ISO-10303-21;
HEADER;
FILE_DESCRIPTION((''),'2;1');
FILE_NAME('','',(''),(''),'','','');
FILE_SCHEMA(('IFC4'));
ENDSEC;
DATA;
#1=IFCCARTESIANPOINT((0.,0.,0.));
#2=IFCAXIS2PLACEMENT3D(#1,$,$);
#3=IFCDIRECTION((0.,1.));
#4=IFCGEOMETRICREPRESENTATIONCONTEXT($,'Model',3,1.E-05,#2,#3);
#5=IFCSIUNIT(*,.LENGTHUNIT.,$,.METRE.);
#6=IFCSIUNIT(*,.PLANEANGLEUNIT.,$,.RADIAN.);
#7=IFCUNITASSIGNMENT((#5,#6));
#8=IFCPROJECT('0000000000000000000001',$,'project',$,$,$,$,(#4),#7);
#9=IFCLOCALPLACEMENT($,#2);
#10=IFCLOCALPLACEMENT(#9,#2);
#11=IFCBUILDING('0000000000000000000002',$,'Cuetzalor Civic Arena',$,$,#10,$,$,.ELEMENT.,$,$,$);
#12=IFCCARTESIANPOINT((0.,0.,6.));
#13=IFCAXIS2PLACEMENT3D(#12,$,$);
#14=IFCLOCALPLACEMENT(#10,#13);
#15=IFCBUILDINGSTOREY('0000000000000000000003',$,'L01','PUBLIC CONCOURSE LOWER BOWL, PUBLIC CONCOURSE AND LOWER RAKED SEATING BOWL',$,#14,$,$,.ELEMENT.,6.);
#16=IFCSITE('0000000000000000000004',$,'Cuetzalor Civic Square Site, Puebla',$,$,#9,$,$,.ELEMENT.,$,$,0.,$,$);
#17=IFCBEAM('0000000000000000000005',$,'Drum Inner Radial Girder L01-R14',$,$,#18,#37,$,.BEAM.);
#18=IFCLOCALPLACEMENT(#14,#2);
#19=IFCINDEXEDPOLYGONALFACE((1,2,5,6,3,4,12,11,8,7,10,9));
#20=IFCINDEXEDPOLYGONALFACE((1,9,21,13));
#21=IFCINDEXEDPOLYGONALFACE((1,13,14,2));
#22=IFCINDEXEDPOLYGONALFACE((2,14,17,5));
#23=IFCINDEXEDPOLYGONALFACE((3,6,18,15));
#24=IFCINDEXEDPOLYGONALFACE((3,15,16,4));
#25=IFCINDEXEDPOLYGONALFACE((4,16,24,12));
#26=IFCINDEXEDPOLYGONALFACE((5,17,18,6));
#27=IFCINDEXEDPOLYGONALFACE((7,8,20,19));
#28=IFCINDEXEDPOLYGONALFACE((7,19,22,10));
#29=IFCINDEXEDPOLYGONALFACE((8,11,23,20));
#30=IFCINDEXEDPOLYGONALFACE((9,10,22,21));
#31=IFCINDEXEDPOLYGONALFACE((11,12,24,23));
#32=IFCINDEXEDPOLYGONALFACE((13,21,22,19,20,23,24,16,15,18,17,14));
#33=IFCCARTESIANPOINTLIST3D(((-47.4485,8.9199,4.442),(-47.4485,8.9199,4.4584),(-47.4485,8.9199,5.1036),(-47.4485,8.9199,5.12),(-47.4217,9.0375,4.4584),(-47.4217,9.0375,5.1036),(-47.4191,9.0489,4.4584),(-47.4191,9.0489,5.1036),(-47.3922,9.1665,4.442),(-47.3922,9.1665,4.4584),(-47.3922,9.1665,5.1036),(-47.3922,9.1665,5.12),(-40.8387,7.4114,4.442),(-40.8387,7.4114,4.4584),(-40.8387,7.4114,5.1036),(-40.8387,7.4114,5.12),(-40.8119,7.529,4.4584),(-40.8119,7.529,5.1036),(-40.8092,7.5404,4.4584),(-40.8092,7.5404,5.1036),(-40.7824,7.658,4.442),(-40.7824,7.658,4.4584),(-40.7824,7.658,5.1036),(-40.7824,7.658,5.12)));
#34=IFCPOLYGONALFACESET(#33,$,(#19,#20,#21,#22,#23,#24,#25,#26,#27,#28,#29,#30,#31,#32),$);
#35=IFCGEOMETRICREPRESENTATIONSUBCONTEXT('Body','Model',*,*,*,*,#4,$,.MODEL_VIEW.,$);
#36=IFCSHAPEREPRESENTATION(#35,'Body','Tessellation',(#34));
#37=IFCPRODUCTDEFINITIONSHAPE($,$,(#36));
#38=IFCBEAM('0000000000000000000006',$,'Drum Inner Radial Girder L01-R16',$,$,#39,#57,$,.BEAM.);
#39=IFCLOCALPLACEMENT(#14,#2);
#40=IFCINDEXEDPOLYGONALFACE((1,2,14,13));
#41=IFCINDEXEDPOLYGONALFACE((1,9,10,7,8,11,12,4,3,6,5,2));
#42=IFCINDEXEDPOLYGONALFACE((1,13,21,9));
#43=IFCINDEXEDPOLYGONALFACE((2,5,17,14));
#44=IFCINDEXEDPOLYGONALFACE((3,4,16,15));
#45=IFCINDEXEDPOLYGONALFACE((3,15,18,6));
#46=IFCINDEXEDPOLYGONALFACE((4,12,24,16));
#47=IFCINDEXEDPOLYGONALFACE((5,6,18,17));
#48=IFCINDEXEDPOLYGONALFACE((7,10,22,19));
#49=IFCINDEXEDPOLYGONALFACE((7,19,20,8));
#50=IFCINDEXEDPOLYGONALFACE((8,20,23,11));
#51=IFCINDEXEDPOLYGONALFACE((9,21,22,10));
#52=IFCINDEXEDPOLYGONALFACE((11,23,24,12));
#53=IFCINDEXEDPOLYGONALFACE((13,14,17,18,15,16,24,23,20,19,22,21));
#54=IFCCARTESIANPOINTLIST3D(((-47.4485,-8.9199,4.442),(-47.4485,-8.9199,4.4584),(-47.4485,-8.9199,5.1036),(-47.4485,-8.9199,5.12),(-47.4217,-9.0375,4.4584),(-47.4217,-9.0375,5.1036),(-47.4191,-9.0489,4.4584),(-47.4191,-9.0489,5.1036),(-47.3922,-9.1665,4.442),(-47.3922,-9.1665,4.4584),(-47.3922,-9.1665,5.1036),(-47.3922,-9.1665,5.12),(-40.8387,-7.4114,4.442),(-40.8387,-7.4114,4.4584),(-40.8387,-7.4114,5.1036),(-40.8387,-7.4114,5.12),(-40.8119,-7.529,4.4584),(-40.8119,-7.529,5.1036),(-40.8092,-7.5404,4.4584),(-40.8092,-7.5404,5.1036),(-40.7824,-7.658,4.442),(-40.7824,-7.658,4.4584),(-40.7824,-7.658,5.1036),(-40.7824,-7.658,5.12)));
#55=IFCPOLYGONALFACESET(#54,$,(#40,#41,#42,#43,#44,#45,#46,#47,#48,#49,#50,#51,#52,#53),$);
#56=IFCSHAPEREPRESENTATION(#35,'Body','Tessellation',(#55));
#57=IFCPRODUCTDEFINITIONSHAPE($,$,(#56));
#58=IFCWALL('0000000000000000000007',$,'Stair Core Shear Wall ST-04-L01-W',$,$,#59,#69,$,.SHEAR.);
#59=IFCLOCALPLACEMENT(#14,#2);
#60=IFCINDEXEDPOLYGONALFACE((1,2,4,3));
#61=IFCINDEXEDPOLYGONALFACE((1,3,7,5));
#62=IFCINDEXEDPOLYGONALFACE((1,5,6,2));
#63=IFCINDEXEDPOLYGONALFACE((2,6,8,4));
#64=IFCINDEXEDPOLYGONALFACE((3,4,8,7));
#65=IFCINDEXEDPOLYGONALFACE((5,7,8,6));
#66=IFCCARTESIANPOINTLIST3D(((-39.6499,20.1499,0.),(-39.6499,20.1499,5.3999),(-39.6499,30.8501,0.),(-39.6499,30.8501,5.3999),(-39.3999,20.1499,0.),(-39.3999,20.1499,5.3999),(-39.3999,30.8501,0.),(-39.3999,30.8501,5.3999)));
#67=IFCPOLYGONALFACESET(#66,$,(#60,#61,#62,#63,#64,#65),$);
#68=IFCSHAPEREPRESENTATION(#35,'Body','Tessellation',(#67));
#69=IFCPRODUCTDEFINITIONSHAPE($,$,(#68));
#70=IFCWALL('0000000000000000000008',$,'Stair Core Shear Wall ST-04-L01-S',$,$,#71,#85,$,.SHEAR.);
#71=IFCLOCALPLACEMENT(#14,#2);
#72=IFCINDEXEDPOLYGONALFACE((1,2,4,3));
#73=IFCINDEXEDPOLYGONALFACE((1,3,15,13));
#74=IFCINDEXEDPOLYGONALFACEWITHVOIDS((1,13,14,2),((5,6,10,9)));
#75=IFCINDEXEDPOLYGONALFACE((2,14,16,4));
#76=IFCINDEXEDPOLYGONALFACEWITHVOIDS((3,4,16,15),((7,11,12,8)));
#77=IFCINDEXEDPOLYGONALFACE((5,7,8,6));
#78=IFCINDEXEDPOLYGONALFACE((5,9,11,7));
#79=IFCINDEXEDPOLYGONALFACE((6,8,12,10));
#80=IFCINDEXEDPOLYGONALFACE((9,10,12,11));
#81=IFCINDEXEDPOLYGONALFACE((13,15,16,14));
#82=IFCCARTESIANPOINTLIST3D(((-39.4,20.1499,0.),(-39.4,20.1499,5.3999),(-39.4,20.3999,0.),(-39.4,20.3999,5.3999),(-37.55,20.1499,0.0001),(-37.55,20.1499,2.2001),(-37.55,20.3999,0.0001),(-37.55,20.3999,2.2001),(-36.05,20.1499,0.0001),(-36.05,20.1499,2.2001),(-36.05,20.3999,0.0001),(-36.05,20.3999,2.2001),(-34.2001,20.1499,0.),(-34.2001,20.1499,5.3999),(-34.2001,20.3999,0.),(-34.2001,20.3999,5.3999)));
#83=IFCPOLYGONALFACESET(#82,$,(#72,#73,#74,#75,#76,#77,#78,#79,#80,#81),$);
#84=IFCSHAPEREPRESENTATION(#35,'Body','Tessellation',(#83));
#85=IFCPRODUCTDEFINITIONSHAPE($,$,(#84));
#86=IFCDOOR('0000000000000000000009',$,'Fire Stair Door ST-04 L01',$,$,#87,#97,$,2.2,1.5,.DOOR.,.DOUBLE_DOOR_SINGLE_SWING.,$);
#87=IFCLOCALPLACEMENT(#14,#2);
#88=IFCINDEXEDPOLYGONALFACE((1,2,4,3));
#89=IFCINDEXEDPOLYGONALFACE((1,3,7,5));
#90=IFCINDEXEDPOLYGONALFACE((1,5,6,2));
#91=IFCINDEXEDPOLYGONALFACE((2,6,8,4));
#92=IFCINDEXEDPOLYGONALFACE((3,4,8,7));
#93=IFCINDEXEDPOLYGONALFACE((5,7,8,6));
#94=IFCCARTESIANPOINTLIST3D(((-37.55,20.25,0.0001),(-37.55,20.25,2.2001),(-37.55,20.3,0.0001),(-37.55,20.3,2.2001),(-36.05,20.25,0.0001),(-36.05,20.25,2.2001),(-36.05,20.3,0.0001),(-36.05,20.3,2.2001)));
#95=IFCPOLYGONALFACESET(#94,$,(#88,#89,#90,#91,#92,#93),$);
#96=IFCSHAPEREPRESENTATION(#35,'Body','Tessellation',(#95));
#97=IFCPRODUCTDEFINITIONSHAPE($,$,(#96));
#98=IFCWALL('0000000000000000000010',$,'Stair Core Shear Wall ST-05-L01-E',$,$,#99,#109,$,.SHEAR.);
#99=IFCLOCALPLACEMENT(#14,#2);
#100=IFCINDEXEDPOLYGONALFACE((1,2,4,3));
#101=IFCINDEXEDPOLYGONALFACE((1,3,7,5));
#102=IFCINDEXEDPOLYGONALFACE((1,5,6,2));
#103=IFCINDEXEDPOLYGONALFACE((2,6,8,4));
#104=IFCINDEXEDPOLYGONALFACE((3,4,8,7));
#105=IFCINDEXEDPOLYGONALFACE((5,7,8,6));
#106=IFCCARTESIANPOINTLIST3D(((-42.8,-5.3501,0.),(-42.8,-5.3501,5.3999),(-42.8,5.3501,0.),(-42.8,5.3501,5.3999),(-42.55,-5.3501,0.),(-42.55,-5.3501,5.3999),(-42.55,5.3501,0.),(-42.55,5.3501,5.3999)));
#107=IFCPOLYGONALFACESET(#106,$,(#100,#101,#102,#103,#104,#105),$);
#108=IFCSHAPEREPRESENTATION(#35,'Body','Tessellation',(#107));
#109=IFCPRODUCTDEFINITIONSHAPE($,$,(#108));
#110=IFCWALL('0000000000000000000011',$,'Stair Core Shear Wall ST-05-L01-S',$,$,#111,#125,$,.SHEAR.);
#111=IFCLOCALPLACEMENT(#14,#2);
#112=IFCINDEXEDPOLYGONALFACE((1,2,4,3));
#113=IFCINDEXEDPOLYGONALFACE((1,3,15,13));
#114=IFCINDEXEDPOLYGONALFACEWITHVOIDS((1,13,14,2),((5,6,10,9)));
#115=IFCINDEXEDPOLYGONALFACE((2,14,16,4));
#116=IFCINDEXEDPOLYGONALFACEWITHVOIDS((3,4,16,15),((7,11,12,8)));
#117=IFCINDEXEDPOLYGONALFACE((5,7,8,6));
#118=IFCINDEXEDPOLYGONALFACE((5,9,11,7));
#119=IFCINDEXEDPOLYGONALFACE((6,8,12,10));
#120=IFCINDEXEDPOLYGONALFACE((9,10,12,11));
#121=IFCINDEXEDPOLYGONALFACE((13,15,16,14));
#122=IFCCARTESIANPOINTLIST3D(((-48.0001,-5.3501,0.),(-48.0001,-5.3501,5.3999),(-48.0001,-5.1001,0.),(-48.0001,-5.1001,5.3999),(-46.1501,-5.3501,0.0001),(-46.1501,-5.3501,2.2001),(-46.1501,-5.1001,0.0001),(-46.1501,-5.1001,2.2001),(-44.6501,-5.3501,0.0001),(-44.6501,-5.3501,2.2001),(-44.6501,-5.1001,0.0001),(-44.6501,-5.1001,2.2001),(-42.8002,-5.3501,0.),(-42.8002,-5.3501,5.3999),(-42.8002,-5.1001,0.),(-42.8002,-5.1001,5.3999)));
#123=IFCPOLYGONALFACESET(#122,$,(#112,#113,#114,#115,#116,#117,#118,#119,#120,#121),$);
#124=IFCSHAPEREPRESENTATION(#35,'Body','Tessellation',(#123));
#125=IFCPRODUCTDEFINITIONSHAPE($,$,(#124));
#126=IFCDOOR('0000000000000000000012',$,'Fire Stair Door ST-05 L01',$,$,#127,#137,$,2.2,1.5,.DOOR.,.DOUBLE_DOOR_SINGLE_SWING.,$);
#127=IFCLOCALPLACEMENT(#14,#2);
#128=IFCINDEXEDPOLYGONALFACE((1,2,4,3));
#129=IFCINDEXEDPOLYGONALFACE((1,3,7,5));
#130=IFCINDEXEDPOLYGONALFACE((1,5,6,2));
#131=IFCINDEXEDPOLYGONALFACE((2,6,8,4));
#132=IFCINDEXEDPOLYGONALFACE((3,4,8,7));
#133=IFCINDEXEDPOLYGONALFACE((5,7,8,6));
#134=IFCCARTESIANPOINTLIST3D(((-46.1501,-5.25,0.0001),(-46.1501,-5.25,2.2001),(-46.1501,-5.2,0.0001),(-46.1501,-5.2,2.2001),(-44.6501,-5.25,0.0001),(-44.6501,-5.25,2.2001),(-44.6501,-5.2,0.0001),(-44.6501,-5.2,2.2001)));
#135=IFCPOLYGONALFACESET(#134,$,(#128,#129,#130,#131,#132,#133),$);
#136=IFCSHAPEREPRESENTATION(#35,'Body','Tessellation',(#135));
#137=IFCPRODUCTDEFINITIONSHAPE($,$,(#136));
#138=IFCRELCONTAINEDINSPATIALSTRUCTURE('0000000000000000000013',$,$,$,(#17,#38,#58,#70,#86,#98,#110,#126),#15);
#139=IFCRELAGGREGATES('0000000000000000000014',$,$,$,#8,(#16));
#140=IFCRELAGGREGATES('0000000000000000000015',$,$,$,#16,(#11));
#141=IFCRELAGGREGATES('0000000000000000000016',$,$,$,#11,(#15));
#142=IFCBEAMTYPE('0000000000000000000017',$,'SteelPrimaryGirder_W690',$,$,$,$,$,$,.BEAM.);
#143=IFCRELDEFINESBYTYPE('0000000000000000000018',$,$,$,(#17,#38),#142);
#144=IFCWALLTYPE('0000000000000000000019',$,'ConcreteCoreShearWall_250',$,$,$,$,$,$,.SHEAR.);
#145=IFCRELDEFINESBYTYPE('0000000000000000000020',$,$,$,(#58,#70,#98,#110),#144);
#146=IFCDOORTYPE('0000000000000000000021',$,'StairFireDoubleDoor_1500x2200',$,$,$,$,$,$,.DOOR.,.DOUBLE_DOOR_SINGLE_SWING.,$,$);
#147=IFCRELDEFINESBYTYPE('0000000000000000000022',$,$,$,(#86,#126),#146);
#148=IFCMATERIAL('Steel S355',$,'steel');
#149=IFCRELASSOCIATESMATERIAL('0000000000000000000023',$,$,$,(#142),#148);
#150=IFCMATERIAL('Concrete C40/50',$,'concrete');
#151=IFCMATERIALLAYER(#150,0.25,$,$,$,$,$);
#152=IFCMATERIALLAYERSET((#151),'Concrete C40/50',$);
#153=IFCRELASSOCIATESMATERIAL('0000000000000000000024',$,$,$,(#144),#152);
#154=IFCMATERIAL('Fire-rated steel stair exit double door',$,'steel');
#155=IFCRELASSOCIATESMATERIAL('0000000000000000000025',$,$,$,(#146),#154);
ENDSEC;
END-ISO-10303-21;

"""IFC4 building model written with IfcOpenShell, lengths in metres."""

from ifc_helpers import new_model, si_unit, direction, frame, frame_2d, origin, origin_2d, place, context, subcontext, project, spatial, rectangle, i_section, extrude, material, layer, layer_set, material_profile, profile_set, type_object, element, fill, save


model = new_model("IFC4")

# Units and contexts
model_context = context("Model", 3, precision=1e-05, world=origin(), true_north=direction((0.0, 1.0)))
body_context = subcontext(model_context, "Body", "Model", "MODEL_VIEW")
ifc_project = project(units=[si_unit("LENGTHUNIT", "METRE"), si_unit("PLANEANGLEUNIT", "RADIAN")], contexts=[model_context])

# Site, building, storey
site_placement = place(None, origin())
site = spatial("IfcSite", under=ifc_project, at=site_placement, Name="Cuetzalor Civic Square Site, Puebla", CompositionType="ELEMENT", RefElevation=0.0)
building_placement = place(site_placement, origin())
building = spatial("IfcBuilding", under=site, at=building_placement, Name="Cuetzalor Civic Arena", CompositionType="ELEMENT")
storey_placement = place(building_placement, frame((0.0, 0.0, 6.0)))
storey = spatial("IfcBuildingStorey", under=building, at=storey_placement, Name="L01", Description="PUBLIC CONCOURSE LOWER BOWL, PUBLIC CONCOURSE AND LOWER RAKED SEATING BOWL", CompositionType="ELEMENT", Elevation=6.0)

# Beams
ifc_material_1 = material(Name="Steel S355", Category="steel")
ifc_material_profile_1 = material_profile(ifc_material_1, i_section(OverallWidth=0.2529, OverallDepth=0.678, WebThickness=0.0117, FlangeThickness=0.0164, at=origin_2d()), Name="W690x125")
ifc_profile_set_1 = profile_set([ifc_material_profile_1], Name="Steel S355")
beam_type_1 = type_object("IfcBeamType", Name="SteelPrimaryGirder_W690", PredefinedType="BEAM", material=ifc_profile_set_1)
for number, where, z_axis, x_axis, name in (
    (1, (-40.8105, 7.5347, 4.781), (-0.974932, 0.222505, 0.0), (-0.222505, -0.974932, 0.0), "Drum Inner Radial Girder L01-R14"),
    (2, (-40.8105, -7.5347, 4.781), (-0.974932, -0.222505, 0.0), (0.222505, -0.974932, 0.0), "Drum Inner Radial Girder L01-R16"),
):
    element("IfcBeam", number, at=place(storey_placement, frame(where, z_axis=z_axis, x_axis=x_axis)), inside=storey, type_object=beam_type_1, Name=name, PredefinedType="BEAM", context=body_context, shape_type="SweptSolid", body=[
        extrude(i_section(OverallWidth=0.2529, OverallDepth=0.678, WebThickness=0.0117, FlangeThickness=0.0164, at=origin_2d()), origin(), (0.0, 0.0, 1.0), 6.7798),
    ])

# Wall
ifc_material_2 = material(Name="Concrete C40/50", Category="concrete")
ifc_layer = layer(ifc_material_2, 0.25)
ifc_layer_set = layer_set([ifc_layer], Name="Concrete C40/50")
wall_type = type_object("IfcWallType", Name="ConcreteCoreShearWall_250", PredefinedType="SHEAR", material=ifc_layer_set)
wall_1_placement = place(storey_placement, frame((-39.5249, 20.1499, 0.0), z_axis=(0.0, 0.0, 1.0), x_axis=(0.0, 1.0, 0.0)))
element("IfcWall", 3, at=wall_1_placement, inside=storey, type_object=wall_type, Name="Stair Core Shear Wall ST-04-L01-W", PredefinedType="SHEAR", context=body_context, shape_type="SweptSolid", body=[
    extrude(rectangle(XDim=10.7002, YDim=0.25, at=frame_2d((5.3501, 0.0))), origin(), (0.0, 0.0, 1.0), 5.3999),
])

# Wall, opening, door
wall_2_placement = place(storey_placement, frame((-34.2, 20.2749, 0.0), z_axis=(0.0, 0.0, 1.0), x_axis=(-1.0, 0.0, 0.0)))
wall_2 = element("IfcWall", 4, at=wall_2_placement, inside=storey, type_object=wall_type, Name="Stair Core Shear Wall ST-04-L01-S", PredefinedType="SHEAR", context=body_context, shape_type="SweptSolid", body=[
    extrude(rectangle(XDim=5.2, YDim=0.25, at=frame_2d((2.6001, 0.0))), origin(), (0.0, 0.0, 1.0), 5.3999),
])
opening_1_placement = place(wall_2_placement, frame((1.8501, 0.0, 0.0)))
opening_1 = element("IfcOpeningElement", 5, at=opening_1_placement, cuts=wall_2, PredefinedType="OPENING", context=body_context, shape_type="SweptSolid", body=[
    extrude(rectangle(XDim=1.5, YDim=2.2, at=frame_2d((0.75, 1.1001))), frame((0.0, 0.135, 0.0), z_axis=(0.0, -1.0, 0.0), x_axis=(1.0, 0.0, 0.0)), (0.0, 0.0, 1.0), 0.27),
])
ifc_material_3 = material(Name="Fire-rated steel stair exit double door", Category="steel")
door_type = type_object("IfcDoorType", Name="StairFireDoubleDoor_1500x2200", OperationType="DOUBLE_DOOR_SINGLE_SWING", PredefinedType="DOOR", material=ifc_material_3)
door_1_placement = place(opening_1_placement, origin())
door_1 = element("IfcDoor", 6, at=door_1_placement, inside=storey, type_object=door_type, Name="Fire Stair Door ST-04 L01", OperationType="DOUBLE_DOOR_SINGLE_SWING", OverallHeight=2.2, OverallWidth=1.5, PredefinedType="DOOR", context=body_context, shape_type="SweptSolid", body=[
    extrude(rectangle(XDim=1.5, YDim=2.2, at=frame_2d((0.75, 1.1001))), frame((0.0, 0.0249, 0.0), z_axis=(0.0, -1.0, 0.0), x_axis=(1.0, 0.0, 0.0)), (0.0, 0.0, 1.0), 0.05),
])
fill(opening_1, door_1)

# Wall
wall_3_placement = place(storey_placement, frame((-42.675, 5.3501, 0.0), z_axis=(0.0, 0.0, 1.0), x_axis=(0.0, -1.0, 0.0)))
element("IfcWall", 7, at=wall_3_placement, inside=storey, type_object=wall_type, Name="Stair Core Shear Wall ST-05-L01-E", PredefinedType="SHEAR", context=body_context, shape_type="SweptSolid", body=[
    extrude(rectangle(XDim=10.7002, YDim=0.25, at=frame_2d((5.3501, 0.0))), origin(), (0.0, 0.0, 1.0), 5.3999),
])

# Wall, opening, door
wall_4_placement = place(storey_placement, frame((-42.8, -5.2251, 0.0), z_axis=(0.0, 0.0, 1.0), x_axis=(-1.0, 0.0, 0.0)))
wall_4 = element("IfcWall", 8, at=wall_4_placement, inside=storey, type_object=wall_type, Name="Stair Core Shear Wall ST-05-L01-S", PredefinedType="SHEAR", context=body_context, shape_type="SweptSolid", body=[
    extrude(rectangle(XDim=5.2, YDim=0.25, at=frame_2d((2.6001, 0.0))), origin(), (0.0, 0.0, 1.0), 5.3999),
])
opening_2_placement = place(wall_4_placement, frame((1.8501, 0.0, 0.0)))
opening_2 = element("IfcOpeningElement", 9, at=opening_2_placement, cuts=wall_4, PredefinedType="OPENING", context=body_context, shape_type="SweptSolid", body=[
    extrude(rectangle(XDim=1.5, YDim=2.2, at=frame_2d((0.75, 1.1001))), frame((0.0, 0.135, 0.0), z_axis=(0.0, -1.0, 0.0), x_axis=(1.0, 0.0, 0.0)), (0.0, 0.0, 1.0), 0.27),
])
door_2_placement = place(opening_2_placement, origin())
door_2 = element("IfcDoor", 10, at=door_2_placement, inside=storey, type_object=door_type, Name="Fire Stair Door ST-05 L01", OperationType="DOUBLE_DOOR_SINGLE_SWING", OverallHeight=2.2, OverallWidth=1.5, PredefinedType="DOOR", context=body_context, shape_type="SweptSolid", body=[
    extrude(rectangle(XDim=1.5, YDim=2.2, at=frame_2d((0.75, 1.1001))), frame((0.0, 0.0249, 0.0), z_axis=(0.0, -1.0, 0.0), x_axis=(1.0, 0.0, 0.0)), (0.0, 0.0, 1.0), 0.05),
])
fill(opening_2, door_2)

save(model, "model.ifc")
